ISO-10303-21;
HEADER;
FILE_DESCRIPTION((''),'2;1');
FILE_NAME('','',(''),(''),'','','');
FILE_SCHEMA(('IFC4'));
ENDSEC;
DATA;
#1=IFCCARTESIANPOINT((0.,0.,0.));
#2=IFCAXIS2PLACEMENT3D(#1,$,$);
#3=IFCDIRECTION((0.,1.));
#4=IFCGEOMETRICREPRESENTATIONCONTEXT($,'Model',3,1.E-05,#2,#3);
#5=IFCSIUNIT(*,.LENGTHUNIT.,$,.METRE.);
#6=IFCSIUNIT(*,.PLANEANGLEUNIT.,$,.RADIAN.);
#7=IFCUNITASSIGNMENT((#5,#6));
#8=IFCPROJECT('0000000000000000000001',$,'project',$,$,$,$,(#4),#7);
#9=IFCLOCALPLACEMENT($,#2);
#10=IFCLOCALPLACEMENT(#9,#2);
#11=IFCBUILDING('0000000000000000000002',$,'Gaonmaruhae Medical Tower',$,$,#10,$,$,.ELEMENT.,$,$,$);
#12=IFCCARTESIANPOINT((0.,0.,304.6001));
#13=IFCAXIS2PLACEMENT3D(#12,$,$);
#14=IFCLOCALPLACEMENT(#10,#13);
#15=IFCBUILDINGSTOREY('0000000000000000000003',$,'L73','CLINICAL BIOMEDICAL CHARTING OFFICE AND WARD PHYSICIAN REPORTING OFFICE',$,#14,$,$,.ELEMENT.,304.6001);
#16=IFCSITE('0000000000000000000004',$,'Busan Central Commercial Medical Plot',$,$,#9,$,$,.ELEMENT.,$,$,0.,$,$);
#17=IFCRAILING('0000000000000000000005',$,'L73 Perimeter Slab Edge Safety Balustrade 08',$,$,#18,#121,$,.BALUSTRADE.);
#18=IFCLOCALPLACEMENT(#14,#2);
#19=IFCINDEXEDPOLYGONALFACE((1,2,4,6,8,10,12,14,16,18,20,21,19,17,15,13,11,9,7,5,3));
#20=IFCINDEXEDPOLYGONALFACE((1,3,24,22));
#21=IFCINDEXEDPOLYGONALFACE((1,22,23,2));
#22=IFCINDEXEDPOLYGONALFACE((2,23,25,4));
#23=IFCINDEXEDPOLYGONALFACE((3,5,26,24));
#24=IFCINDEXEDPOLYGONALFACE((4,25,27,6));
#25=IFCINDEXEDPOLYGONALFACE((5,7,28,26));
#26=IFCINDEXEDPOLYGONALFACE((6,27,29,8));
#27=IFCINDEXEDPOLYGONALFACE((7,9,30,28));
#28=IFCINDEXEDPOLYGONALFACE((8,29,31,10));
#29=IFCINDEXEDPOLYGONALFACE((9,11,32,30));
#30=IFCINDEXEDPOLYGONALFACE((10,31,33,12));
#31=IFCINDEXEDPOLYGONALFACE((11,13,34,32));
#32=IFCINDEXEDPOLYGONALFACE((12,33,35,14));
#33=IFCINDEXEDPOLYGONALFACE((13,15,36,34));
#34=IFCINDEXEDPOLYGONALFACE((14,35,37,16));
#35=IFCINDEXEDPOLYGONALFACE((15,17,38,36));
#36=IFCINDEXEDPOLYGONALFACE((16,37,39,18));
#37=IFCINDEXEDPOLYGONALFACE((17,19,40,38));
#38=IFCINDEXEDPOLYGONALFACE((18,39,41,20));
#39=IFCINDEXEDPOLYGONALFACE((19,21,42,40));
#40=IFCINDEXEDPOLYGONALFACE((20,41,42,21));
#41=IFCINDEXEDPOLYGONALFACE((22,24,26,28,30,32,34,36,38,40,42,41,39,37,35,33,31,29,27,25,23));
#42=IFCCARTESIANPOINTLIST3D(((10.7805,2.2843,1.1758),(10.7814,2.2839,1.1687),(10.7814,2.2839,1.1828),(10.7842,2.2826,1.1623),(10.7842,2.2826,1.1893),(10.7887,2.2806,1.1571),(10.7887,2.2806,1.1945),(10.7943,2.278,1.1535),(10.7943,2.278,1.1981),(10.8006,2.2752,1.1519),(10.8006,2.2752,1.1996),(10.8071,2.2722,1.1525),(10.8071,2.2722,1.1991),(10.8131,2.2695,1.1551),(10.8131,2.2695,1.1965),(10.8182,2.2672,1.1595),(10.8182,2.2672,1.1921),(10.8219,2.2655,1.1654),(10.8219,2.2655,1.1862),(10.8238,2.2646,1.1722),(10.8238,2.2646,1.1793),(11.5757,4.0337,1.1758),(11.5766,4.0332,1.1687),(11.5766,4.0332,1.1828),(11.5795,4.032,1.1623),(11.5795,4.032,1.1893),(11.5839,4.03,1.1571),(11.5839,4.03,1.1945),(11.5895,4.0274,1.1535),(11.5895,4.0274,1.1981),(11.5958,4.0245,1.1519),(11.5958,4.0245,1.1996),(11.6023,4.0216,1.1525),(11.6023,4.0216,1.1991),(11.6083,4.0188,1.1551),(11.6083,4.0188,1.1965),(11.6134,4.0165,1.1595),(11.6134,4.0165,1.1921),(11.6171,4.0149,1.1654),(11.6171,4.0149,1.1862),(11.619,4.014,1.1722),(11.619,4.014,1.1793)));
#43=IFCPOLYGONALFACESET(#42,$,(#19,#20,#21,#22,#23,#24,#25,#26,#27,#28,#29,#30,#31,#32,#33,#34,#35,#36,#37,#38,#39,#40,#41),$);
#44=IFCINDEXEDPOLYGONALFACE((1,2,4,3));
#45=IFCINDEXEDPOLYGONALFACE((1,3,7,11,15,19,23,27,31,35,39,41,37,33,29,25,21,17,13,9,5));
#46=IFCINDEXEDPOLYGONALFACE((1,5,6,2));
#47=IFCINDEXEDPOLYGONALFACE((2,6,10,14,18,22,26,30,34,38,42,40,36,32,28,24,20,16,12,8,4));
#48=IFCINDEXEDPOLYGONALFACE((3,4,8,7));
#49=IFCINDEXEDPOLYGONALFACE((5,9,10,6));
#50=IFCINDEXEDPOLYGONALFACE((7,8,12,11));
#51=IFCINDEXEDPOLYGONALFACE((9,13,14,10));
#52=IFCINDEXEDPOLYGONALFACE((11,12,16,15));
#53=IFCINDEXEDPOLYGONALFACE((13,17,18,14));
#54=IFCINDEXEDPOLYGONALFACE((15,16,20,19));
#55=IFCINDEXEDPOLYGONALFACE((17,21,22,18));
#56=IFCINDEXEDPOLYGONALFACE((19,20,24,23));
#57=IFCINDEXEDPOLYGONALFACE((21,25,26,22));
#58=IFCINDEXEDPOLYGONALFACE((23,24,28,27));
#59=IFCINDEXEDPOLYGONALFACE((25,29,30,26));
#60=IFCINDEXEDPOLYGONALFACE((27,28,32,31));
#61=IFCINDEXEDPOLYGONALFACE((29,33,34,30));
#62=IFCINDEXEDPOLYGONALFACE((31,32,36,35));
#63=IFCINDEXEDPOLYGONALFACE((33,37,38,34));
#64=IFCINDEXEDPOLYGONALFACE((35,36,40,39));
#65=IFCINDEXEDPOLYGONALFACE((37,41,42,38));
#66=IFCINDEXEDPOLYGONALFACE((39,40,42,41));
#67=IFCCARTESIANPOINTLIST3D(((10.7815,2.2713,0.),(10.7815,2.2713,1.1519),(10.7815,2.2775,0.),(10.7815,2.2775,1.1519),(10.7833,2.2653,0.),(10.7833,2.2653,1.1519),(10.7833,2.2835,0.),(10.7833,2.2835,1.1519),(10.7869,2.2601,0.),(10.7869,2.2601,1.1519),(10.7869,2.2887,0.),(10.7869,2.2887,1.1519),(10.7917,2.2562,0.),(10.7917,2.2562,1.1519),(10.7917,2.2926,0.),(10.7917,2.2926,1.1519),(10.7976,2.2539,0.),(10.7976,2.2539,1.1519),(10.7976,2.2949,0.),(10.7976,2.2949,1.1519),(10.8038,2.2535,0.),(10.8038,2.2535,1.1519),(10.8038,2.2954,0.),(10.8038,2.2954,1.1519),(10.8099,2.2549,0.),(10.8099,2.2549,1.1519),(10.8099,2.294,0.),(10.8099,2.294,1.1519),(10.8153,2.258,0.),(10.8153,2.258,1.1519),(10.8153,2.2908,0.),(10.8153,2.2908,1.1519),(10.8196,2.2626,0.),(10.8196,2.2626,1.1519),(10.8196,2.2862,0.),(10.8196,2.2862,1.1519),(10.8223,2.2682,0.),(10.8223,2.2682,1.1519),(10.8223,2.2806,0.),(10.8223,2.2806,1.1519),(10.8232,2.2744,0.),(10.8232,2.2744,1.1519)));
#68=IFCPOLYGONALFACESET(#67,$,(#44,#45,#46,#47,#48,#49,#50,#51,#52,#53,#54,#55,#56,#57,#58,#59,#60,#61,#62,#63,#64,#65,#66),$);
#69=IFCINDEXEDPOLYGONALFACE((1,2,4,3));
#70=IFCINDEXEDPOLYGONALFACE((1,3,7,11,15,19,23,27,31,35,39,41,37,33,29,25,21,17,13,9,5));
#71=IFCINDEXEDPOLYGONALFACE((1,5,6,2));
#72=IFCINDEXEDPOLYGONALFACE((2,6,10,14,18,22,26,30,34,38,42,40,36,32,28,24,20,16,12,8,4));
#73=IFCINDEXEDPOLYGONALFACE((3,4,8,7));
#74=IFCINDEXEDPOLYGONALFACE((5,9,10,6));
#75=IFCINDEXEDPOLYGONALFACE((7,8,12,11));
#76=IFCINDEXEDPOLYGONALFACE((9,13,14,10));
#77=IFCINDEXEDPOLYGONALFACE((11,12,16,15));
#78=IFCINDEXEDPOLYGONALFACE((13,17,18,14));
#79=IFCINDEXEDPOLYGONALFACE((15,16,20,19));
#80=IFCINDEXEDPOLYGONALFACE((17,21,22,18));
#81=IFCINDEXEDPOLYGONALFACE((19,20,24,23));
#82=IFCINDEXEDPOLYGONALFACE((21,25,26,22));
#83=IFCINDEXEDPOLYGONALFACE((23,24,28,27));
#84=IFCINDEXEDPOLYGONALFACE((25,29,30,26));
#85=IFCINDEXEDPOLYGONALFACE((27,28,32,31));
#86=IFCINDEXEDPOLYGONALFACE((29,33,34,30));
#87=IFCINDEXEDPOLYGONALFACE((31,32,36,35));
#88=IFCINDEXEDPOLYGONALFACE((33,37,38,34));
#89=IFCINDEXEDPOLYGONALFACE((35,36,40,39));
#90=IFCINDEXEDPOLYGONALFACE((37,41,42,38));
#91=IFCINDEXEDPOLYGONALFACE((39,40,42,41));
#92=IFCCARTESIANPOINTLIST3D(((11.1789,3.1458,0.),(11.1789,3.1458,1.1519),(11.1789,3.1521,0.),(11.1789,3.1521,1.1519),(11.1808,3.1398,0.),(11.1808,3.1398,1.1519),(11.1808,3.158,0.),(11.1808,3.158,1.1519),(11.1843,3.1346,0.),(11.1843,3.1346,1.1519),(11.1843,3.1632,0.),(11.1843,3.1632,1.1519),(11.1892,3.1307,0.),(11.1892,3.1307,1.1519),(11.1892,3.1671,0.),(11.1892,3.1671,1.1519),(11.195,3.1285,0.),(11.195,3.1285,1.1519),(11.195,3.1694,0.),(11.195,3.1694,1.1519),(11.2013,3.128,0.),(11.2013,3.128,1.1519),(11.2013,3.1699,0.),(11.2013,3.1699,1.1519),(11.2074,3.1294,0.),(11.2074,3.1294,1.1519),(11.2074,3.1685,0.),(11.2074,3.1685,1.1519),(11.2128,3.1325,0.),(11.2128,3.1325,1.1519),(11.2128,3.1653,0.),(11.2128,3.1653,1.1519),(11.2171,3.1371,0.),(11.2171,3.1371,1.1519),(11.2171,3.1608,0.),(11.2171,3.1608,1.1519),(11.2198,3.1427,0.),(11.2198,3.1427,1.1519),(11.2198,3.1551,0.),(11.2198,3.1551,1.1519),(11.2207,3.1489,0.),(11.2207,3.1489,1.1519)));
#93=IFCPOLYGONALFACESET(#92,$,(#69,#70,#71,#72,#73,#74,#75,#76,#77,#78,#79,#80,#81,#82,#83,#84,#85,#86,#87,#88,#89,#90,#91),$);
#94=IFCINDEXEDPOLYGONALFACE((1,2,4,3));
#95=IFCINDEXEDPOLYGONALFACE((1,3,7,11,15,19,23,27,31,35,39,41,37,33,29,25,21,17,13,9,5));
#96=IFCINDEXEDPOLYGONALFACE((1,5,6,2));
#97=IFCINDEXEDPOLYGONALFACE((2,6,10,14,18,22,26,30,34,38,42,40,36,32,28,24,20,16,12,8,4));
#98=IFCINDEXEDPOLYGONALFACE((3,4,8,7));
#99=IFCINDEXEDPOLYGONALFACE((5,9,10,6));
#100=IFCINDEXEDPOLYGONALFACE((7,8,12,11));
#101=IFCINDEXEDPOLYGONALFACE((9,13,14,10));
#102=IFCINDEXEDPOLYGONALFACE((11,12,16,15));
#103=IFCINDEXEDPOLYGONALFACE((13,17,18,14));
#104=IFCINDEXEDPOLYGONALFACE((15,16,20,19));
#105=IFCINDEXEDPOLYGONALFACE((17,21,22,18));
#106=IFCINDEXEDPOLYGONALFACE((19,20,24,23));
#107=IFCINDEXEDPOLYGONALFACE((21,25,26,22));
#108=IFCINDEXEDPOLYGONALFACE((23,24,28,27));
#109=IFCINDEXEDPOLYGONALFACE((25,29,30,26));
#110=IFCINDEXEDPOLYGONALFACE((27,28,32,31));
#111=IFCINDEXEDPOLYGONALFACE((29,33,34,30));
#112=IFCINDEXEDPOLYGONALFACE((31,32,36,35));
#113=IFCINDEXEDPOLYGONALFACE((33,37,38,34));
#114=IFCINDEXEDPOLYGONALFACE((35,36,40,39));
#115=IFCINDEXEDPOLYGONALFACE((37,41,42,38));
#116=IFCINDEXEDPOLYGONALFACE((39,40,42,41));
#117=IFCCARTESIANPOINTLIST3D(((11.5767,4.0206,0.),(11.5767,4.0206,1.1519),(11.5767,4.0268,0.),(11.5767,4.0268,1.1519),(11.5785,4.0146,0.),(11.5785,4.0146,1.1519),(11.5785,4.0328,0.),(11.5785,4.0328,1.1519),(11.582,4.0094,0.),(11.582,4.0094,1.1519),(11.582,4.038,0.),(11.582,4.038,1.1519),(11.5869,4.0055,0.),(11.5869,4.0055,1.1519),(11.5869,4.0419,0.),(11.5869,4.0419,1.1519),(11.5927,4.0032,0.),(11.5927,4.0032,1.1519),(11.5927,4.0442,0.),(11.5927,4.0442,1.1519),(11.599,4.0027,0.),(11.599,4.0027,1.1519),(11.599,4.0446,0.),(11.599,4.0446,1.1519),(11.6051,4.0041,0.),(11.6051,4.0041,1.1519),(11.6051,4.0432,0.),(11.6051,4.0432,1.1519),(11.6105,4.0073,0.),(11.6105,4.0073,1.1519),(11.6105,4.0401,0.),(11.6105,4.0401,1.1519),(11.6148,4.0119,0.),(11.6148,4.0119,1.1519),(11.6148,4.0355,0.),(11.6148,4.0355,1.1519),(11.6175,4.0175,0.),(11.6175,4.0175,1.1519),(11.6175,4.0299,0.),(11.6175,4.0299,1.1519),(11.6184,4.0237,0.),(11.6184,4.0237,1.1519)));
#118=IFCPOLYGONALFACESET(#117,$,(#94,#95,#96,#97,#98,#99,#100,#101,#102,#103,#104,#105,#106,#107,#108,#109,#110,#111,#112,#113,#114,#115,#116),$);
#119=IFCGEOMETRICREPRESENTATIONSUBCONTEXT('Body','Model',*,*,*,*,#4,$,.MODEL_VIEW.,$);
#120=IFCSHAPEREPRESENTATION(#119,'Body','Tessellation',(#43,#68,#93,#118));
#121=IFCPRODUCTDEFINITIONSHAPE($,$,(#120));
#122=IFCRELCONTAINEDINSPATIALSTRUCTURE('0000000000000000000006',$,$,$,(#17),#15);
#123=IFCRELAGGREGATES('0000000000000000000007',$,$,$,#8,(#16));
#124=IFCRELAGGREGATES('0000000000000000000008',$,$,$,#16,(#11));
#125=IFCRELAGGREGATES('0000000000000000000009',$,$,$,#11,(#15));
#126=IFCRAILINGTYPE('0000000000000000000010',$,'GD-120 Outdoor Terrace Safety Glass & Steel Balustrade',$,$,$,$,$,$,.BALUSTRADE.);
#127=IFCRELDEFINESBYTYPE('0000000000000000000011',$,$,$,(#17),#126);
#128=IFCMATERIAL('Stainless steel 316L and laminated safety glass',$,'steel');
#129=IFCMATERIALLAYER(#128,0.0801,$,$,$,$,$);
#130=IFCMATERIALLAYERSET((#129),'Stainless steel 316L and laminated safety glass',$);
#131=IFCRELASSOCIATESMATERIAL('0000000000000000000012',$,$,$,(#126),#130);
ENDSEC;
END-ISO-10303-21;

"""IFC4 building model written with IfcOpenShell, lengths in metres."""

from ifc_helpers import new_model, si_unit, direction, frame, origin, origin_2d, place, context, subcontext, project, spatial, circle, extrude, material, layer, layer_set, type_object, element, save


model = new_model("IFC4")

# Units and contexts
model_context = context("Model", 3, precision=1e-05, world=origin(), true_north=direction((0.0, 1.0)))
body_context = subcontext(model_context, "Body", "Model", "MODEL_VIEW")
ifc_project = project(units=[si_unit("LENGTHUNIT", "METRE"), si_unit("PLANEANGLEUNIT", "RADIAN")], contexts=[model_context])

# Site, building, storey
site_placement = place(None, origin())
site = spatial("IfcSite", under=ifc_project, at=site_placement, Name="Busan Central Commercial Medical Plot", CompositionType="ELEMENT", RefElevation=0.0)
building_placement = place(site_placement, origin())
building = spatial("IfcBuilding", under=site, at=building_placement, Name="Gaonmaruhae Medical Tower", CompositionType="ELEMENT")
storey_placement = place(building_placement, frame((0.0, 0.0, 304.6001)))
storey = spatial("IfcBuildingStorey", under=building, at=storey_placement, Name="L73", Description="CLINICAL BIOMEDICAL CHARTING OFFICE AND WARD PHYSICIAN REPORTING OFFICE", CompositionType="ELEMENT", Elevation=304.6001)

# Railing
ifc_material_1 = material(Name="Stainless steel 316L and laminated safety glass", Category="steel")
ifc_layer_1 = layer(ifc_material_1, 0.0801)
ifc_layer_set_1 = layer_set([ifc_layer_1], Name="Stainless steel 316L and laminated safety glass")
railing_type_1 = type_object("IfcRailingType", Name="GD-120 Outdoor Terrace Safety Glass & Steel Balustrade", PredefinedType="BALUSTRADE", material=ifc_layer_set_1)
railing_1_placement = place(storey_placement, frame((10.8022, 2.2744, 0.0)))
element("IfcRailing", 1, at=railing_1_placement, inside=storey, type_object=railing_type_1, Name="L73 Perimeter Slab Edge Safety Balustrade 08", PredefinedType="BALUSTRADE", context=body_context, shape_type="SweptSolid", body=[
    extrude(circle(Radius=0.0239, at=origin_2d()), frame((0.0, 0.0, 1.1758), z_axis=(0.413822, 0.910358, 0.0), x_axis=(-0.910358, 0.413822, 0.0)), (0.0, 0.0, 1.0), 1.9216),
    extrude(circle(Radius=0.021, at=origin_2d()), origin(), (0.0, 0.0, 1.0), 1.1519),
    extrude(circle(Radius=0.021, at=origin_2d()), frame((0.3975, 0.8745, 0.0)), (0.0, 0.0, 1.0), 1.1519),
    extrude(circle(Radius=0.021, at=origin_2d()), frame((0.7952, 1.7493, 0.0)), (0.0, 0.0, 1.0), 1.1519),
])

save(model, "model.ifc")
